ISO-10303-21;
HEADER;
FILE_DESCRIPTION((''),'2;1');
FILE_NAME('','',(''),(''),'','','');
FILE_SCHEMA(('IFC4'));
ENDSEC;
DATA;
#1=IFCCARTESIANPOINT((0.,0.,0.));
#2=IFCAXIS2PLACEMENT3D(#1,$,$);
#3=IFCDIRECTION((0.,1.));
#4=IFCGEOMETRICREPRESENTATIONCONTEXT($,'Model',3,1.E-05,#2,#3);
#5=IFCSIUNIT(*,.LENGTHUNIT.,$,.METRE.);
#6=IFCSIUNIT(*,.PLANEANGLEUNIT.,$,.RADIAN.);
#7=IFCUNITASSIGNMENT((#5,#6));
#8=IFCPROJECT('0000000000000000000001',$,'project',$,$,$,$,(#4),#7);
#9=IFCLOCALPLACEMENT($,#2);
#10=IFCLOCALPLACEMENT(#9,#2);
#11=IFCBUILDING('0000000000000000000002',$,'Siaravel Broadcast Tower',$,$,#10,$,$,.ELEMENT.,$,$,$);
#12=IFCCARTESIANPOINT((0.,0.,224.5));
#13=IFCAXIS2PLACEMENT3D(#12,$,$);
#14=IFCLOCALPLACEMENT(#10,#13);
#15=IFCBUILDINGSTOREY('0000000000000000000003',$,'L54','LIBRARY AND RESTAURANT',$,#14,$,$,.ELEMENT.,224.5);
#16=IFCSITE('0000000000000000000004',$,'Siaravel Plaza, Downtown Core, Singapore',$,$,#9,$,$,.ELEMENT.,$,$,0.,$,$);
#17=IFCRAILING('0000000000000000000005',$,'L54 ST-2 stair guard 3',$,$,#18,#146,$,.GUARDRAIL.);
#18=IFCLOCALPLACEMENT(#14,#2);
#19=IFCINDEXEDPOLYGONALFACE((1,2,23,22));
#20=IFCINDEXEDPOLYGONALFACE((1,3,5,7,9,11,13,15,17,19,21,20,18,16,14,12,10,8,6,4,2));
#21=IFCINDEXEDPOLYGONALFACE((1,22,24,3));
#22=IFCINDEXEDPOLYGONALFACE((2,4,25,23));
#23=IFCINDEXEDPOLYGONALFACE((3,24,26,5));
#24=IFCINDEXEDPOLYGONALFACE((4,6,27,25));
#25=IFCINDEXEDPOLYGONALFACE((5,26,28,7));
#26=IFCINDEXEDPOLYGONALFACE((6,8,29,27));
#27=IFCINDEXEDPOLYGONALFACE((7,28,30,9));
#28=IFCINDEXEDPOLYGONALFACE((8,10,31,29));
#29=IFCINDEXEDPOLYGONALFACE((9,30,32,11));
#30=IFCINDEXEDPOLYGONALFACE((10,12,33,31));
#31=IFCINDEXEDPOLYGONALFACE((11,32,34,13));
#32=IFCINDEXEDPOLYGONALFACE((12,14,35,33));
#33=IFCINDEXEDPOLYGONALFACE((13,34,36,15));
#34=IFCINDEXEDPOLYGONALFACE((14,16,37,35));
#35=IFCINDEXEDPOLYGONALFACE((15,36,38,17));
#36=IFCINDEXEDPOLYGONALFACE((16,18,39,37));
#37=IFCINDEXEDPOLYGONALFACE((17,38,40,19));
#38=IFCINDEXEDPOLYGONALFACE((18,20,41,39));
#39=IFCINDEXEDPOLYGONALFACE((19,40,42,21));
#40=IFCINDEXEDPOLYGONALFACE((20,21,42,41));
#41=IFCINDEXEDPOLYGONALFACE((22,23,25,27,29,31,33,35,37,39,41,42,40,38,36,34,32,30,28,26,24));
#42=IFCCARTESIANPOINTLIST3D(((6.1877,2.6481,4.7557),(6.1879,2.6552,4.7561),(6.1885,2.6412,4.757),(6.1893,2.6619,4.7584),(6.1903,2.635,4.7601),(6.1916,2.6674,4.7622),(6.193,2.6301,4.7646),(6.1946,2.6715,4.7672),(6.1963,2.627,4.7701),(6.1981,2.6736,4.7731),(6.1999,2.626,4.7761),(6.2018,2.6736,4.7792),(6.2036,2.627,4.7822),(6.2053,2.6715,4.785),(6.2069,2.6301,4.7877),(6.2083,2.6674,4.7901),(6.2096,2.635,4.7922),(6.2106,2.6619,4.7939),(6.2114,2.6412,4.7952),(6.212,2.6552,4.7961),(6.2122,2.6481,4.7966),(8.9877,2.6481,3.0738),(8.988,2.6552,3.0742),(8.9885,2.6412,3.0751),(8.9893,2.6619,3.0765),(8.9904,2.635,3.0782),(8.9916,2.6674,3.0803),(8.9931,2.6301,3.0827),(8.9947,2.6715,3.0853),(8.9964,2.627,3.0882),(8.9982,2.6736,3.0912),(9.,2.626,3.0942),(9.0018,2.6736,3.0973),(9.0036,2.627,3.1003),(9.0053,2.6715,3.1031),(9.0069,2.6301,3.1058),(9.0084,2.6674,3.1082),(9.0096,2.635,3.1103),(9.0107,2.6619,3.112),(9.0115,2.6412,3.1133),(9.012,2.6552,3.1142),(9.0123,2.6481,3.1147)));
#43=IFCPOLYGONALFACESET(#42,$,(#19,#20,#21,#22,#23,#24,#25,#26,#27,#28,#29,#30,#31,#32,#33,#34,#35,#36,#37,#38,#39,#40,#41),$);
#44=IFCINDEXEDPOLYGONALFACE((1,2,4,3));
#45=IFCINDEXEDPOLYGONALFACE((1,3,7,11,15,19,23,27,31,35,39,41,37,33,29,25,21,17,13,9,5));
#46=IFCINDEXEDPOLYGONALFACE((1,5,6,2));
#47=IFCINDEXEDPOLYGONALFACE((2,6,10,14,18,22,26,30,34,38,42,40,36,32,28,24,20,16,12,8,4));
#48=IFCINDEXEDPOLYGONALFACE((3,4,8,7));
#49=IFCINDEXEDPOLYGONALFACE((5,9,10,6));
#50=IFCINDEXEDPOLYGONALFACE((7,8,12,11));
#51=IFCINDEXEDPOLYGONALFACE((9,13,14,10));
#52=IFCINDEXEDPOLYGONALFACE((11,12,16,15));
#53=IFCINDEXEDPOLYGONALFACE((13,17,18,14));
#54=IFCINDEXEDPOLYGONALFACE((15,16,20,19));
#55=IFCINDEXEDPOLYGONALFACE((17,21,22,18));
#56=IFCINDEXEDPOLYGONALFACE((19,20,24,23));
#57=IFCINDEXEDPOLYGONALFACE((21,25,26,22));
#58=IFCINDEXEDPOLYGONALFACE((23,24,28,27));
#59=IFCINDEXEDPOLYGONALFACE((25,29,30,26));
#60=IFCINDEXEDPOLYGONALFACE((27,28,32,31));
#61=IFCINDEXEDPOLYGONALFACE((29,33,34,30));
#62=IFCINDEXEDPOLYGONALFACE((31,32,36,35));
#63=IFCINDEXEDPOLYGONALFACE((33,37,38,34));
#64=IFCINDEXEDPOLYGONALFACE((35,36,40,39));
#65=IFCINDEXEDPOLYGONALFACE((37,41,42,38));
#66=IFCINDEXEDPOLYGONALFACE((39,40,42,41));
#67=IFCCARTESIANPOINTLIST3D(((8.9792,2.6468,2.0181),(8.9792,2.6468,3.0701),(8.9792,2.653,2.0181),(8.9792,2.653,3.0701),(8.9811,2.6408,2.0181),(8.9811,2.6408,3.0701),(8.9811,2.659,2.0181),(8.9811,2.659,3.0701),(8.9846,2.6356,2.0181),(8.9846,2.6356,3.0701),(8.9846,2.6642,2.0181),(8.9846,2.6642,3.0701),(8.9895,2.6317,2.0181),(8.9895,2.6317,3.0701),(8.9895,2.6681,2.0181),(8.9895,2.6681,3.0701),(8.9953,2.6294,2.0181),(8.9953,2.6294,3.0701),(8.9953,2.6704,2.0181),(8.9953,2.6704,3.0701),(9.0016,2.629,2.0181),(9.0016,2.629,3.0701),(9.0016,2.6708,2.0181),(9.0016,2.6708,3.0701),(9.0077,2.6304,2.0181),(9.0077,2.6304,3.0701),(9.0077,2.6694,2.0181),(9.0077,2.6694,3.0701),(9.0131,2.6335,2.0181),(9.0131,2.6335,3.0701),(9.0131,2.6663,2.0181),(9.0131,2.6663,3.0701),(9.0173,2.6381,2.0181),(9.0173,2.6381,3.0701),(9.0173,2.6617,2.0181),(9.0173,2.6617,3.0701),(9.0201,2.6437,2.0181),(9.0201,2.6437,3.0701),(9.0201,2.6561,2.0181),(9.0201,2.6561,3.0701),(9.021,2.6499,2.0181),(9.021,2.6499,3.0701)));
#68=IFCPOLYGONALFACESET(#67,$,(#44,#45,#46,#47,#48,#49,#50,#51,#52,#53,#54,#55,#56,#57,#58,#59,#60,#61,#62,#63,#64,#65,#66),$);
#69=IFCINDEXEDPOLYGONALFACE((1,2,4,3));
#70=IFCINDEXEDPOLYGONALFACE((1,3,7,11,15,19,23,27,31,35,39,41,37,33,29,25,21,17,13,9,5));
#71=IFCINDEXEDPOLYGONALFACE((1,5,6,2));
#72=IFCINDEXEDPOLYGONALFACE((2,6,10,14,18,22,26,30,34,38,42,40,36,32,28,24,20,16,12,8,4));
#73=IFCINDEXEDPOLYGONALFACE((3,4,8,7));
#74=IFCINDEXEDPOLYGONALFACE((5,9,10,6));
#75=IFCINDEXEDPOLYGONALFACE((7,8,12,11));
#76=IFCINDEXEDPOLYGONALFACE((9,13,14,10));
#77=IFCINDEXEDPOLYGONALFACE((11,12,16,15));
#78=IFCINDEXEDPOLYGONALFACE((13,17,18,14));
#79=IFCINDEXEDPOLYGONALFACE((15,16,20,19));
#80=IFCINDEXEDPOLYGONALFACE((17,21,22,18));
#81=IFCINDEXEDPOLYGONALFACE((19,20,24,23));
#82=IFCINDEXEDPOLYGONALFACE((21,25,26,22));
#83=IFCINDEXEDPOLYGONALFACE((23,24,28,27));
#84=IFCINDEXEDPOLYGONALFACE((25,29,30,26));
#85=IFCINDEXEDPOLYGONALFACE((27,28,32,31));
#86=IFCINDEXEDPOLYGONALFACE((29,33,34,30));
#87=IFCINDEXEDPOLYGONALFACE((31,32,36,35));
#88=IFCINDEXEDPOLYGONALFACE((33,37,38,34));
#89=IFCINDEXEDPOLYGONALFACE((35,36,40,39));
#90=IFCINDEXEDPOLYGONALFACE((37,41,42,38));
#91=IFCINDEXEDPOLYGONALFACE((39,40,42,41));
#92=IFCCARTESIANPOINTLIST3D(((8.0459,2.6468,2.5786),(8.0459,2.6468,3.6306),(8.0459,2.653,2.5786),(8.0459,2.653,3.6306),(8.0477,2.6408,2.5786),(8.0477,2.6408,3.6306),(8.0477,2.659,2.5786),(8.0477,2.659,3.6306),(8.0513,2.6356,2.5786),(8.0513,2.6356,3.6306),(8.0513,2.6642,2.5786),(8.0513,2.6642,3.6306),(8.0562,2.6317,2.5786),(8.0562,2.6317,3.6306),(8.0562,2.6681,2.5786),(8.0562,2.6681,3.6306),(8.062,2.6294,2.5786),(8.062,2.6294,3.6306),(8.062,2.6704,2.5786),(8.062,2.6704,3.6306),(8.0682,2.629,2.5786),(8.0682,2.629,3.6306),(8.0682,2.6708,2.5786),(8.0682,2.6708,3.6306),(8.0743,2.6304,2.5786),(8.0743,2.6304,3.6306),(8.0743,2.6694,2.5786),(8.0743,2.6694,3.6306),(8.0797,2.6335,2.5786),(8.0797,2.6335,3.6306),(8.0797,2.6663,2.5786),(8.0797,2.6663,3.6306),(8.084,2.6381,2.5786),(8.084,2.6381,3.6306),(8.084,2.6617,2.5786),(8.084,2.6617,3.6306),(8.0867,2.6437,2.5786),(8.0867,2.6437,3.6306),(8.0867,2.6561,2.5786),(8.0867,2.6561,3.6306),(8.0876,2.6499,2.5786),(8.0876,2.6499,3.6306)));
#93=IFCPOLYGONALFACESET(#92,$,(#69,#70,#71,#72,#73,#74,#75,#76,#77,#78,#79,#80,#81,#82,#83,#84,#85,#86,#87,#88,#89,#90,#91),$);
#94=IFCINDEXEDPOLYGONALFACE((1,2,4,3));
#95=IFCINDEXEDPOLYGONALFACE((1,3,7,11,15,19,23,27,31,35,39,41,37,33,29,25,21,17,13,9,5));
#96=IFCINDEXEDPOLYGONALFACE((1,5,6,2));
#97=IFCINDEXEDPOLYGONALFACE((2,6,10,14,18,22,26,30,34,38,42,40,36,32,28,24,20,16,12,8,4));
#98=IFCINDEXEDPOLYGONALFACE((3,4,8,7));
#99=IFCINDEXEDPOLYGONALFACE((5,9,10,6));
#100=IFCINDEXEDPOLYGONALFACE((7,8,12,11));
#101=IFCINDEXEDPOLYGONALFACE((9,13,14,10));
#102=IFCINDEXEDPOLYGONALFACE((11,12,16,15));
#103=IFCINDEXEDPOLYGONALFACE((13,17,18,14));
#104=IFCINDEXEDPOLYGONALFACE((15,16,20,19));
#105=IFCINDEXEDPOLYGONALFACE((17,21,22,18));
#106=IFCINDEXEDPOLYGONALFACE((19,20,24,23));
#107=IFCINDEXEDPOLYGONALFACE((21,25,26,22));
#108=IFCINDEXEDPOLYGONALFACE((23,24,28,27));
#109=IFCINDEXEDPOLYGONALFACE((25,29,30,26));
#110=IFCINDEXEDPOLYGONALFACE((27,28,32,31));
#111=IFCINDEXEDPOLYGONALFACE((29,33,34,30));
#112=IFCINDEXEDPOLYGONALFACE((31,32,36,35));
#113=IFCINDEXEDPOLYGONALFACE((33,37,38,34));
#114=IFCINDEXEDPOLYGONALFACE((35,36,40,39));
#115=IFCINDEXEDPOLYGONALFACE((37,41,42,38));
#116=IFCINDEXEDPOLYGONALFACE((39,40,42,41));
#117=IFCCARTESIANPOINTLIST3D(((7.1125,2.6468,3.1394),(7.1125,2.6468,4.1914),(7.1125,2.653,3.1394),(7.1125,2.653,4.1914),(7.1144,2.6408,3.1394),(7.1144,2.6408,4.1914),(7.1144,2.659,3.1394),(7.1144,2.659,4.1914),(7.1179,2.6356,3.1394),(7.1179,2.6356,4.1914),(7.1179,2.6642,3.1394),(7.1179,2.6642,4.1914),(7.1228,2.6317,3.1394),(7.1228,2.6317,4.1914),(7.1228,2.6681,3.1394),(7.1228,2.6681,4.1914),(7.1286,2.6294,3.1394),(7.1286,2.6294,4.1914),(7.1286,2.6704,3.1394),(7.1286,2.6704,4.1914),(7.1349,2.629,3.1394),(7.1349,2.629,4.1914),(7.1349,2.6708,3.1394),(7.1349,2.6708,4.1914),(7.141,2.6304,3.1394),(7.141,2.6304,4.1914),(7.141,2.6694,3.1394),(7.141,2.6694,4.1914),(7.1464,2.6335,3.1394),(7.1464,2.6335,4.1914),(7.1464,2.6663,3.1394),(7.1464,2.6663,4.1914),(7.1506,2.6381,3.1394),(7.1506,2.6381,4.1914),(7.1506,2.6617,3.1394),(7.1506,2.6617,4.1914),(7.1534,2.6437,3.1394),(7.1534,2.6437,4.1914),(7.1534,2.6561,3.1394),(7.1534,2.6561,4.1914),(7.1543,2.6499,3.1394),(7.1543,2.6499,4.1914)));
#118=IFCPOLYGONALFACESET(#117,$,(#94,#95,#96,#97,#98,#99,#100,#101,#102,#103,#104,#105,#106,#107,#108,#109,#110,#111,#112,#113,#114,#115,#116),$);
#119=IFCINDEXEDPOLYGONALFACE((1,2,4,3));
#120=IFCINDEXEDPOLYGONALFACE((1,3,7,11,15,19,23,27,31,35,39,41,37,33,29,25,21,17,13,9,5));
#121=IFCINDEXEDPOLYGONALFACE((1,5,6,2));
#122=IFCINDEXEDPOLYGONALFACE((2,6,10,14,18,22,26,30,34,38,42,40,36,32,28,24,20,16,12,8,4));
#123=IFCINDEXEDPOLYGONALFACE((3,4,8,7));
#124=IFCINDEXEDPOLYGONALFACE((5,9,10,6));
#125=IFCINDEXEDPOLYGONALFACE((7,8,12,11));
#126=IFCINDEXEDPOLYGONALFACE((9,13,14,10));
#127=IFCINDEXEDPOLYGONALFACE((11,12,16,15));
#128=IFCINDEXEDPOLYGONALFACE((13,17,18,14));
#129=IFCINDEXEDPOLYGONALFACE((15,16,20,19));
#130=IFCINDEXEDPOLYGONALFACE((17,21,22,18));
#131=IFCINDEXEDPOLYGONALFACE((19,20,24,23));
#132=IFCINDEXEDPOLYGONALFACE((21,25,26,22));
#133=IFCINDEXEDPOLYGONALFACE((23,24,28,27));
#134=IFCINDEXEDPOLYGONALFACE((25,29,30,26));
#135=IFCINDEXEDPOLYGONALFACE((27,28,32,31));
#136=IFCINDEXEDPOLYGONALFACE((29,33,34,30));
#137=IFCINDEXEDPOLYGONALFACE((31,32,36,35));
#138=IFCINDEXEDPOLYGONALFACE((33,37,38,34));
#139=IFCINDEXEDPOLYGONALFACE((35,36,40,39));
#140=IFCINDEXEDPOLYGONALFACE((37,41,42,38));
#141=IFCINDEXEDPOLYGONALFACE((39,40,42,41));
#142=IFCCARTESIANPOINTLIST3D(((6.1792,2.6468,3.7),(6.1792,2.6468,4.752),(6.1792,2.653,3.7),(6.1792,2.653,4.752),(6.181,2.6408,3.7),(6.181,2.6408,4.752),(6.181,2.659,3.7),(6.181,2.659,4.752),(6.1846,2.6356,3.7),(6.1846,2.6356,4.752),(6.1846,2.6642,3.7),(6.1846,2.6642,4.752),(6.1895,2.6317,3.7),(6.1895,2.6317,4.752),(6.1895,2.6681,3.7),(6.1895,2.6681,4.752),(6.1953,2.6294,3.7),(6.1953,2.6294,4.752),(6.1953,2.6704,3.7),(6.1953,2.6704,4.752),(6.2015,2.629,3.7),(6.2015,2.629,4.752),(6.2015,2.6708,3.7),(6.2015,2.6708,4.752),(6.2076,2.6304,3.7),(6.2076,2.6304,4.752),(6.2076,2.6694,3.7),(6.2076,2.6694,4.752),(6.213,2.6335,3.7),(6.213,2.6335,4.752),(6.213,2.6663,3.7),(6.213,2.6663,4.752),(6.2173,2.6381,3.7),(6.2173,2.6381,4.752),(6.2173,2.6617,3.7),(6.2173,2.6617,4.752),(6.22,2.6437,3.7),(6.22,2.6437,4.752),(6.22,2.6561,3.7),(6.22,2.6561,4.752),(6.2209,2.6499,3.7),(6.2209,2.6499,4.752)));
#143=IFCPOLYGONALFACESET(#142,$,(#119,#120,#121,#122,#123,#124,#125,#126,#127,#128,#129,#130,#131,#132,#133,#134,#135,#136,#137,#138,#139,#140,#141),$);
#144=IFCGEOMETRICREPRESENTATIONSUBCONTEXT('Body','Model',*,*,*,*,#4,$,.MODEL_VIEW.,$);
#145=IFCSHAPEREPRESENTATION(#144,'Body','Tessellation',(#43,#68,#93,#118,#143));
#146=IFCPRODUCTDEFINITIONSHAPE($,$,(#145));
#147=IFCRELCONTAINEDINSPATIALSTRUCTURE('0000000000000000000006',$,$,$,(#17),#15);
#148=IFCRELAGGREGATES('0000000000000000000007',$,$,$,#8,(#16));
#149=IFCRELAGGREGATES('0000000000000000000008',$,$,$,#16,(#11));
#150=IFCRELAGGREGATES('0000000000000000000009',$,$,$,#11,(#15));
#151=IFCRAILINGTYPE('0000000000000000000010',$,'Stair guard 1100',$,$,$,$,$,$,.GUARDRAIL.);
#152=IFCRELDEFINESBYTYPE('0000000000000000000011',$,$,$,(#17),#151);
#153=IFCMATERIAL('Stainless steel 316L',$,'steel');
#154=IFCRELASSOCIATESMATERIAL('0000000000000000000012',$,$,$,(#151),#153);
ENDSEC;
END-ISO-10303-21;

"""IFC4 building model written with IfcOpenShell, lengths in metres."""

from ifc_helpers import new_model, si_unit, direction, frame, origin, origin_2d, place, context, subcontext, project, spatial, circle, extrude, material, type_object, element, save


model = new_model("IFC4")

# Units and contexts
model_context = context("Model", 3, precision=1e-05, world=origin(), true_north=direction((0.0, 1.0)))
body_context = subcontext(model_context, "Body", "Model", "MODEL_VIEW")
ifc_project = project(units=[si_unit("LENGTHUNIT", "METRE"), si_unit("PLANEANGLEUNIT", "RADIAN")], contexts=[model_context])

# Site, building, storey
site_placement = place(None, origin())
site = spatial("IfcSite", under=ifc_project, at=site_placement, Name="Siaravel Plaza, Downtown Core, Singapore", CompositionType="ELEMENT", RefElevation=0.0)
building_placement = place(site_placement, origin())
building = spatial("IfcBuilding", under=site, at=building_placement, Name="Siaravel Broadcast Tower", CompositionType="ELEMENT")
storey_placement = place(building_placement, frame((0.0, 0.0, 224.5)))
storey = spatial("IfcBuildingStorey", under=building, at=storey_placement, Name="L54", Description="LIBRARY AND RESTAURANT", CompositionType="ELEMENT", Elevation=224.5)

# Railing
ifc_material_1 = material(Name="Stainless steel 316L", Category="steel")
railing_type_1 = type_object("IfcRailingType", Name="Stair guard 1100", PredefinedType="GUARDRAIL", material=ifc_material_1)
railing_1_placement = place(storey_placement, frame((9.0, 2.6499, 2.0181)))
element("IfcRailing", 1, at=railing_1_placement, inside=storey, type_object=railing_type_1, Name="L54 ST-2 stair guard 3", PredefinedType="GUARDRAIL", context=body_context, shape_type="SweptSolid", body=[
    extrude(circle(Radius=0.0239, at=origin_2d()), frame((0.0, 0.0, 1.0762), z_axis=(-0.857242, 0.0, 0.514913), x_axis=(0.0, -1.0, 0.0)), (0.0, 0.0, 1.0), 3.2664),
    extrude(circle(Radius=0.021, at=origin_2d()), origin(), (0.0, 0.0, 1.0), 1.052),
    extrude(circle(Radius=0.021, at=origin_2d()), frame((-0.9333, 0.0, 0.5605)), (0.0, 0.0, 1.0), 1.052),
    extrude(circle(Radius=0.021, at=origin_2d()), frame((-1.8667, 0.0, 1.1213)), (0.0, 0.0, 1.0), 1.052),
    extrude(circle(Radius=0.021, at=origin_2d()), frame((-2.8, 0.0, 1.6819)), (0.0, 0.0, 1.0), 1.052),
])

save(model, "model.ifc")
